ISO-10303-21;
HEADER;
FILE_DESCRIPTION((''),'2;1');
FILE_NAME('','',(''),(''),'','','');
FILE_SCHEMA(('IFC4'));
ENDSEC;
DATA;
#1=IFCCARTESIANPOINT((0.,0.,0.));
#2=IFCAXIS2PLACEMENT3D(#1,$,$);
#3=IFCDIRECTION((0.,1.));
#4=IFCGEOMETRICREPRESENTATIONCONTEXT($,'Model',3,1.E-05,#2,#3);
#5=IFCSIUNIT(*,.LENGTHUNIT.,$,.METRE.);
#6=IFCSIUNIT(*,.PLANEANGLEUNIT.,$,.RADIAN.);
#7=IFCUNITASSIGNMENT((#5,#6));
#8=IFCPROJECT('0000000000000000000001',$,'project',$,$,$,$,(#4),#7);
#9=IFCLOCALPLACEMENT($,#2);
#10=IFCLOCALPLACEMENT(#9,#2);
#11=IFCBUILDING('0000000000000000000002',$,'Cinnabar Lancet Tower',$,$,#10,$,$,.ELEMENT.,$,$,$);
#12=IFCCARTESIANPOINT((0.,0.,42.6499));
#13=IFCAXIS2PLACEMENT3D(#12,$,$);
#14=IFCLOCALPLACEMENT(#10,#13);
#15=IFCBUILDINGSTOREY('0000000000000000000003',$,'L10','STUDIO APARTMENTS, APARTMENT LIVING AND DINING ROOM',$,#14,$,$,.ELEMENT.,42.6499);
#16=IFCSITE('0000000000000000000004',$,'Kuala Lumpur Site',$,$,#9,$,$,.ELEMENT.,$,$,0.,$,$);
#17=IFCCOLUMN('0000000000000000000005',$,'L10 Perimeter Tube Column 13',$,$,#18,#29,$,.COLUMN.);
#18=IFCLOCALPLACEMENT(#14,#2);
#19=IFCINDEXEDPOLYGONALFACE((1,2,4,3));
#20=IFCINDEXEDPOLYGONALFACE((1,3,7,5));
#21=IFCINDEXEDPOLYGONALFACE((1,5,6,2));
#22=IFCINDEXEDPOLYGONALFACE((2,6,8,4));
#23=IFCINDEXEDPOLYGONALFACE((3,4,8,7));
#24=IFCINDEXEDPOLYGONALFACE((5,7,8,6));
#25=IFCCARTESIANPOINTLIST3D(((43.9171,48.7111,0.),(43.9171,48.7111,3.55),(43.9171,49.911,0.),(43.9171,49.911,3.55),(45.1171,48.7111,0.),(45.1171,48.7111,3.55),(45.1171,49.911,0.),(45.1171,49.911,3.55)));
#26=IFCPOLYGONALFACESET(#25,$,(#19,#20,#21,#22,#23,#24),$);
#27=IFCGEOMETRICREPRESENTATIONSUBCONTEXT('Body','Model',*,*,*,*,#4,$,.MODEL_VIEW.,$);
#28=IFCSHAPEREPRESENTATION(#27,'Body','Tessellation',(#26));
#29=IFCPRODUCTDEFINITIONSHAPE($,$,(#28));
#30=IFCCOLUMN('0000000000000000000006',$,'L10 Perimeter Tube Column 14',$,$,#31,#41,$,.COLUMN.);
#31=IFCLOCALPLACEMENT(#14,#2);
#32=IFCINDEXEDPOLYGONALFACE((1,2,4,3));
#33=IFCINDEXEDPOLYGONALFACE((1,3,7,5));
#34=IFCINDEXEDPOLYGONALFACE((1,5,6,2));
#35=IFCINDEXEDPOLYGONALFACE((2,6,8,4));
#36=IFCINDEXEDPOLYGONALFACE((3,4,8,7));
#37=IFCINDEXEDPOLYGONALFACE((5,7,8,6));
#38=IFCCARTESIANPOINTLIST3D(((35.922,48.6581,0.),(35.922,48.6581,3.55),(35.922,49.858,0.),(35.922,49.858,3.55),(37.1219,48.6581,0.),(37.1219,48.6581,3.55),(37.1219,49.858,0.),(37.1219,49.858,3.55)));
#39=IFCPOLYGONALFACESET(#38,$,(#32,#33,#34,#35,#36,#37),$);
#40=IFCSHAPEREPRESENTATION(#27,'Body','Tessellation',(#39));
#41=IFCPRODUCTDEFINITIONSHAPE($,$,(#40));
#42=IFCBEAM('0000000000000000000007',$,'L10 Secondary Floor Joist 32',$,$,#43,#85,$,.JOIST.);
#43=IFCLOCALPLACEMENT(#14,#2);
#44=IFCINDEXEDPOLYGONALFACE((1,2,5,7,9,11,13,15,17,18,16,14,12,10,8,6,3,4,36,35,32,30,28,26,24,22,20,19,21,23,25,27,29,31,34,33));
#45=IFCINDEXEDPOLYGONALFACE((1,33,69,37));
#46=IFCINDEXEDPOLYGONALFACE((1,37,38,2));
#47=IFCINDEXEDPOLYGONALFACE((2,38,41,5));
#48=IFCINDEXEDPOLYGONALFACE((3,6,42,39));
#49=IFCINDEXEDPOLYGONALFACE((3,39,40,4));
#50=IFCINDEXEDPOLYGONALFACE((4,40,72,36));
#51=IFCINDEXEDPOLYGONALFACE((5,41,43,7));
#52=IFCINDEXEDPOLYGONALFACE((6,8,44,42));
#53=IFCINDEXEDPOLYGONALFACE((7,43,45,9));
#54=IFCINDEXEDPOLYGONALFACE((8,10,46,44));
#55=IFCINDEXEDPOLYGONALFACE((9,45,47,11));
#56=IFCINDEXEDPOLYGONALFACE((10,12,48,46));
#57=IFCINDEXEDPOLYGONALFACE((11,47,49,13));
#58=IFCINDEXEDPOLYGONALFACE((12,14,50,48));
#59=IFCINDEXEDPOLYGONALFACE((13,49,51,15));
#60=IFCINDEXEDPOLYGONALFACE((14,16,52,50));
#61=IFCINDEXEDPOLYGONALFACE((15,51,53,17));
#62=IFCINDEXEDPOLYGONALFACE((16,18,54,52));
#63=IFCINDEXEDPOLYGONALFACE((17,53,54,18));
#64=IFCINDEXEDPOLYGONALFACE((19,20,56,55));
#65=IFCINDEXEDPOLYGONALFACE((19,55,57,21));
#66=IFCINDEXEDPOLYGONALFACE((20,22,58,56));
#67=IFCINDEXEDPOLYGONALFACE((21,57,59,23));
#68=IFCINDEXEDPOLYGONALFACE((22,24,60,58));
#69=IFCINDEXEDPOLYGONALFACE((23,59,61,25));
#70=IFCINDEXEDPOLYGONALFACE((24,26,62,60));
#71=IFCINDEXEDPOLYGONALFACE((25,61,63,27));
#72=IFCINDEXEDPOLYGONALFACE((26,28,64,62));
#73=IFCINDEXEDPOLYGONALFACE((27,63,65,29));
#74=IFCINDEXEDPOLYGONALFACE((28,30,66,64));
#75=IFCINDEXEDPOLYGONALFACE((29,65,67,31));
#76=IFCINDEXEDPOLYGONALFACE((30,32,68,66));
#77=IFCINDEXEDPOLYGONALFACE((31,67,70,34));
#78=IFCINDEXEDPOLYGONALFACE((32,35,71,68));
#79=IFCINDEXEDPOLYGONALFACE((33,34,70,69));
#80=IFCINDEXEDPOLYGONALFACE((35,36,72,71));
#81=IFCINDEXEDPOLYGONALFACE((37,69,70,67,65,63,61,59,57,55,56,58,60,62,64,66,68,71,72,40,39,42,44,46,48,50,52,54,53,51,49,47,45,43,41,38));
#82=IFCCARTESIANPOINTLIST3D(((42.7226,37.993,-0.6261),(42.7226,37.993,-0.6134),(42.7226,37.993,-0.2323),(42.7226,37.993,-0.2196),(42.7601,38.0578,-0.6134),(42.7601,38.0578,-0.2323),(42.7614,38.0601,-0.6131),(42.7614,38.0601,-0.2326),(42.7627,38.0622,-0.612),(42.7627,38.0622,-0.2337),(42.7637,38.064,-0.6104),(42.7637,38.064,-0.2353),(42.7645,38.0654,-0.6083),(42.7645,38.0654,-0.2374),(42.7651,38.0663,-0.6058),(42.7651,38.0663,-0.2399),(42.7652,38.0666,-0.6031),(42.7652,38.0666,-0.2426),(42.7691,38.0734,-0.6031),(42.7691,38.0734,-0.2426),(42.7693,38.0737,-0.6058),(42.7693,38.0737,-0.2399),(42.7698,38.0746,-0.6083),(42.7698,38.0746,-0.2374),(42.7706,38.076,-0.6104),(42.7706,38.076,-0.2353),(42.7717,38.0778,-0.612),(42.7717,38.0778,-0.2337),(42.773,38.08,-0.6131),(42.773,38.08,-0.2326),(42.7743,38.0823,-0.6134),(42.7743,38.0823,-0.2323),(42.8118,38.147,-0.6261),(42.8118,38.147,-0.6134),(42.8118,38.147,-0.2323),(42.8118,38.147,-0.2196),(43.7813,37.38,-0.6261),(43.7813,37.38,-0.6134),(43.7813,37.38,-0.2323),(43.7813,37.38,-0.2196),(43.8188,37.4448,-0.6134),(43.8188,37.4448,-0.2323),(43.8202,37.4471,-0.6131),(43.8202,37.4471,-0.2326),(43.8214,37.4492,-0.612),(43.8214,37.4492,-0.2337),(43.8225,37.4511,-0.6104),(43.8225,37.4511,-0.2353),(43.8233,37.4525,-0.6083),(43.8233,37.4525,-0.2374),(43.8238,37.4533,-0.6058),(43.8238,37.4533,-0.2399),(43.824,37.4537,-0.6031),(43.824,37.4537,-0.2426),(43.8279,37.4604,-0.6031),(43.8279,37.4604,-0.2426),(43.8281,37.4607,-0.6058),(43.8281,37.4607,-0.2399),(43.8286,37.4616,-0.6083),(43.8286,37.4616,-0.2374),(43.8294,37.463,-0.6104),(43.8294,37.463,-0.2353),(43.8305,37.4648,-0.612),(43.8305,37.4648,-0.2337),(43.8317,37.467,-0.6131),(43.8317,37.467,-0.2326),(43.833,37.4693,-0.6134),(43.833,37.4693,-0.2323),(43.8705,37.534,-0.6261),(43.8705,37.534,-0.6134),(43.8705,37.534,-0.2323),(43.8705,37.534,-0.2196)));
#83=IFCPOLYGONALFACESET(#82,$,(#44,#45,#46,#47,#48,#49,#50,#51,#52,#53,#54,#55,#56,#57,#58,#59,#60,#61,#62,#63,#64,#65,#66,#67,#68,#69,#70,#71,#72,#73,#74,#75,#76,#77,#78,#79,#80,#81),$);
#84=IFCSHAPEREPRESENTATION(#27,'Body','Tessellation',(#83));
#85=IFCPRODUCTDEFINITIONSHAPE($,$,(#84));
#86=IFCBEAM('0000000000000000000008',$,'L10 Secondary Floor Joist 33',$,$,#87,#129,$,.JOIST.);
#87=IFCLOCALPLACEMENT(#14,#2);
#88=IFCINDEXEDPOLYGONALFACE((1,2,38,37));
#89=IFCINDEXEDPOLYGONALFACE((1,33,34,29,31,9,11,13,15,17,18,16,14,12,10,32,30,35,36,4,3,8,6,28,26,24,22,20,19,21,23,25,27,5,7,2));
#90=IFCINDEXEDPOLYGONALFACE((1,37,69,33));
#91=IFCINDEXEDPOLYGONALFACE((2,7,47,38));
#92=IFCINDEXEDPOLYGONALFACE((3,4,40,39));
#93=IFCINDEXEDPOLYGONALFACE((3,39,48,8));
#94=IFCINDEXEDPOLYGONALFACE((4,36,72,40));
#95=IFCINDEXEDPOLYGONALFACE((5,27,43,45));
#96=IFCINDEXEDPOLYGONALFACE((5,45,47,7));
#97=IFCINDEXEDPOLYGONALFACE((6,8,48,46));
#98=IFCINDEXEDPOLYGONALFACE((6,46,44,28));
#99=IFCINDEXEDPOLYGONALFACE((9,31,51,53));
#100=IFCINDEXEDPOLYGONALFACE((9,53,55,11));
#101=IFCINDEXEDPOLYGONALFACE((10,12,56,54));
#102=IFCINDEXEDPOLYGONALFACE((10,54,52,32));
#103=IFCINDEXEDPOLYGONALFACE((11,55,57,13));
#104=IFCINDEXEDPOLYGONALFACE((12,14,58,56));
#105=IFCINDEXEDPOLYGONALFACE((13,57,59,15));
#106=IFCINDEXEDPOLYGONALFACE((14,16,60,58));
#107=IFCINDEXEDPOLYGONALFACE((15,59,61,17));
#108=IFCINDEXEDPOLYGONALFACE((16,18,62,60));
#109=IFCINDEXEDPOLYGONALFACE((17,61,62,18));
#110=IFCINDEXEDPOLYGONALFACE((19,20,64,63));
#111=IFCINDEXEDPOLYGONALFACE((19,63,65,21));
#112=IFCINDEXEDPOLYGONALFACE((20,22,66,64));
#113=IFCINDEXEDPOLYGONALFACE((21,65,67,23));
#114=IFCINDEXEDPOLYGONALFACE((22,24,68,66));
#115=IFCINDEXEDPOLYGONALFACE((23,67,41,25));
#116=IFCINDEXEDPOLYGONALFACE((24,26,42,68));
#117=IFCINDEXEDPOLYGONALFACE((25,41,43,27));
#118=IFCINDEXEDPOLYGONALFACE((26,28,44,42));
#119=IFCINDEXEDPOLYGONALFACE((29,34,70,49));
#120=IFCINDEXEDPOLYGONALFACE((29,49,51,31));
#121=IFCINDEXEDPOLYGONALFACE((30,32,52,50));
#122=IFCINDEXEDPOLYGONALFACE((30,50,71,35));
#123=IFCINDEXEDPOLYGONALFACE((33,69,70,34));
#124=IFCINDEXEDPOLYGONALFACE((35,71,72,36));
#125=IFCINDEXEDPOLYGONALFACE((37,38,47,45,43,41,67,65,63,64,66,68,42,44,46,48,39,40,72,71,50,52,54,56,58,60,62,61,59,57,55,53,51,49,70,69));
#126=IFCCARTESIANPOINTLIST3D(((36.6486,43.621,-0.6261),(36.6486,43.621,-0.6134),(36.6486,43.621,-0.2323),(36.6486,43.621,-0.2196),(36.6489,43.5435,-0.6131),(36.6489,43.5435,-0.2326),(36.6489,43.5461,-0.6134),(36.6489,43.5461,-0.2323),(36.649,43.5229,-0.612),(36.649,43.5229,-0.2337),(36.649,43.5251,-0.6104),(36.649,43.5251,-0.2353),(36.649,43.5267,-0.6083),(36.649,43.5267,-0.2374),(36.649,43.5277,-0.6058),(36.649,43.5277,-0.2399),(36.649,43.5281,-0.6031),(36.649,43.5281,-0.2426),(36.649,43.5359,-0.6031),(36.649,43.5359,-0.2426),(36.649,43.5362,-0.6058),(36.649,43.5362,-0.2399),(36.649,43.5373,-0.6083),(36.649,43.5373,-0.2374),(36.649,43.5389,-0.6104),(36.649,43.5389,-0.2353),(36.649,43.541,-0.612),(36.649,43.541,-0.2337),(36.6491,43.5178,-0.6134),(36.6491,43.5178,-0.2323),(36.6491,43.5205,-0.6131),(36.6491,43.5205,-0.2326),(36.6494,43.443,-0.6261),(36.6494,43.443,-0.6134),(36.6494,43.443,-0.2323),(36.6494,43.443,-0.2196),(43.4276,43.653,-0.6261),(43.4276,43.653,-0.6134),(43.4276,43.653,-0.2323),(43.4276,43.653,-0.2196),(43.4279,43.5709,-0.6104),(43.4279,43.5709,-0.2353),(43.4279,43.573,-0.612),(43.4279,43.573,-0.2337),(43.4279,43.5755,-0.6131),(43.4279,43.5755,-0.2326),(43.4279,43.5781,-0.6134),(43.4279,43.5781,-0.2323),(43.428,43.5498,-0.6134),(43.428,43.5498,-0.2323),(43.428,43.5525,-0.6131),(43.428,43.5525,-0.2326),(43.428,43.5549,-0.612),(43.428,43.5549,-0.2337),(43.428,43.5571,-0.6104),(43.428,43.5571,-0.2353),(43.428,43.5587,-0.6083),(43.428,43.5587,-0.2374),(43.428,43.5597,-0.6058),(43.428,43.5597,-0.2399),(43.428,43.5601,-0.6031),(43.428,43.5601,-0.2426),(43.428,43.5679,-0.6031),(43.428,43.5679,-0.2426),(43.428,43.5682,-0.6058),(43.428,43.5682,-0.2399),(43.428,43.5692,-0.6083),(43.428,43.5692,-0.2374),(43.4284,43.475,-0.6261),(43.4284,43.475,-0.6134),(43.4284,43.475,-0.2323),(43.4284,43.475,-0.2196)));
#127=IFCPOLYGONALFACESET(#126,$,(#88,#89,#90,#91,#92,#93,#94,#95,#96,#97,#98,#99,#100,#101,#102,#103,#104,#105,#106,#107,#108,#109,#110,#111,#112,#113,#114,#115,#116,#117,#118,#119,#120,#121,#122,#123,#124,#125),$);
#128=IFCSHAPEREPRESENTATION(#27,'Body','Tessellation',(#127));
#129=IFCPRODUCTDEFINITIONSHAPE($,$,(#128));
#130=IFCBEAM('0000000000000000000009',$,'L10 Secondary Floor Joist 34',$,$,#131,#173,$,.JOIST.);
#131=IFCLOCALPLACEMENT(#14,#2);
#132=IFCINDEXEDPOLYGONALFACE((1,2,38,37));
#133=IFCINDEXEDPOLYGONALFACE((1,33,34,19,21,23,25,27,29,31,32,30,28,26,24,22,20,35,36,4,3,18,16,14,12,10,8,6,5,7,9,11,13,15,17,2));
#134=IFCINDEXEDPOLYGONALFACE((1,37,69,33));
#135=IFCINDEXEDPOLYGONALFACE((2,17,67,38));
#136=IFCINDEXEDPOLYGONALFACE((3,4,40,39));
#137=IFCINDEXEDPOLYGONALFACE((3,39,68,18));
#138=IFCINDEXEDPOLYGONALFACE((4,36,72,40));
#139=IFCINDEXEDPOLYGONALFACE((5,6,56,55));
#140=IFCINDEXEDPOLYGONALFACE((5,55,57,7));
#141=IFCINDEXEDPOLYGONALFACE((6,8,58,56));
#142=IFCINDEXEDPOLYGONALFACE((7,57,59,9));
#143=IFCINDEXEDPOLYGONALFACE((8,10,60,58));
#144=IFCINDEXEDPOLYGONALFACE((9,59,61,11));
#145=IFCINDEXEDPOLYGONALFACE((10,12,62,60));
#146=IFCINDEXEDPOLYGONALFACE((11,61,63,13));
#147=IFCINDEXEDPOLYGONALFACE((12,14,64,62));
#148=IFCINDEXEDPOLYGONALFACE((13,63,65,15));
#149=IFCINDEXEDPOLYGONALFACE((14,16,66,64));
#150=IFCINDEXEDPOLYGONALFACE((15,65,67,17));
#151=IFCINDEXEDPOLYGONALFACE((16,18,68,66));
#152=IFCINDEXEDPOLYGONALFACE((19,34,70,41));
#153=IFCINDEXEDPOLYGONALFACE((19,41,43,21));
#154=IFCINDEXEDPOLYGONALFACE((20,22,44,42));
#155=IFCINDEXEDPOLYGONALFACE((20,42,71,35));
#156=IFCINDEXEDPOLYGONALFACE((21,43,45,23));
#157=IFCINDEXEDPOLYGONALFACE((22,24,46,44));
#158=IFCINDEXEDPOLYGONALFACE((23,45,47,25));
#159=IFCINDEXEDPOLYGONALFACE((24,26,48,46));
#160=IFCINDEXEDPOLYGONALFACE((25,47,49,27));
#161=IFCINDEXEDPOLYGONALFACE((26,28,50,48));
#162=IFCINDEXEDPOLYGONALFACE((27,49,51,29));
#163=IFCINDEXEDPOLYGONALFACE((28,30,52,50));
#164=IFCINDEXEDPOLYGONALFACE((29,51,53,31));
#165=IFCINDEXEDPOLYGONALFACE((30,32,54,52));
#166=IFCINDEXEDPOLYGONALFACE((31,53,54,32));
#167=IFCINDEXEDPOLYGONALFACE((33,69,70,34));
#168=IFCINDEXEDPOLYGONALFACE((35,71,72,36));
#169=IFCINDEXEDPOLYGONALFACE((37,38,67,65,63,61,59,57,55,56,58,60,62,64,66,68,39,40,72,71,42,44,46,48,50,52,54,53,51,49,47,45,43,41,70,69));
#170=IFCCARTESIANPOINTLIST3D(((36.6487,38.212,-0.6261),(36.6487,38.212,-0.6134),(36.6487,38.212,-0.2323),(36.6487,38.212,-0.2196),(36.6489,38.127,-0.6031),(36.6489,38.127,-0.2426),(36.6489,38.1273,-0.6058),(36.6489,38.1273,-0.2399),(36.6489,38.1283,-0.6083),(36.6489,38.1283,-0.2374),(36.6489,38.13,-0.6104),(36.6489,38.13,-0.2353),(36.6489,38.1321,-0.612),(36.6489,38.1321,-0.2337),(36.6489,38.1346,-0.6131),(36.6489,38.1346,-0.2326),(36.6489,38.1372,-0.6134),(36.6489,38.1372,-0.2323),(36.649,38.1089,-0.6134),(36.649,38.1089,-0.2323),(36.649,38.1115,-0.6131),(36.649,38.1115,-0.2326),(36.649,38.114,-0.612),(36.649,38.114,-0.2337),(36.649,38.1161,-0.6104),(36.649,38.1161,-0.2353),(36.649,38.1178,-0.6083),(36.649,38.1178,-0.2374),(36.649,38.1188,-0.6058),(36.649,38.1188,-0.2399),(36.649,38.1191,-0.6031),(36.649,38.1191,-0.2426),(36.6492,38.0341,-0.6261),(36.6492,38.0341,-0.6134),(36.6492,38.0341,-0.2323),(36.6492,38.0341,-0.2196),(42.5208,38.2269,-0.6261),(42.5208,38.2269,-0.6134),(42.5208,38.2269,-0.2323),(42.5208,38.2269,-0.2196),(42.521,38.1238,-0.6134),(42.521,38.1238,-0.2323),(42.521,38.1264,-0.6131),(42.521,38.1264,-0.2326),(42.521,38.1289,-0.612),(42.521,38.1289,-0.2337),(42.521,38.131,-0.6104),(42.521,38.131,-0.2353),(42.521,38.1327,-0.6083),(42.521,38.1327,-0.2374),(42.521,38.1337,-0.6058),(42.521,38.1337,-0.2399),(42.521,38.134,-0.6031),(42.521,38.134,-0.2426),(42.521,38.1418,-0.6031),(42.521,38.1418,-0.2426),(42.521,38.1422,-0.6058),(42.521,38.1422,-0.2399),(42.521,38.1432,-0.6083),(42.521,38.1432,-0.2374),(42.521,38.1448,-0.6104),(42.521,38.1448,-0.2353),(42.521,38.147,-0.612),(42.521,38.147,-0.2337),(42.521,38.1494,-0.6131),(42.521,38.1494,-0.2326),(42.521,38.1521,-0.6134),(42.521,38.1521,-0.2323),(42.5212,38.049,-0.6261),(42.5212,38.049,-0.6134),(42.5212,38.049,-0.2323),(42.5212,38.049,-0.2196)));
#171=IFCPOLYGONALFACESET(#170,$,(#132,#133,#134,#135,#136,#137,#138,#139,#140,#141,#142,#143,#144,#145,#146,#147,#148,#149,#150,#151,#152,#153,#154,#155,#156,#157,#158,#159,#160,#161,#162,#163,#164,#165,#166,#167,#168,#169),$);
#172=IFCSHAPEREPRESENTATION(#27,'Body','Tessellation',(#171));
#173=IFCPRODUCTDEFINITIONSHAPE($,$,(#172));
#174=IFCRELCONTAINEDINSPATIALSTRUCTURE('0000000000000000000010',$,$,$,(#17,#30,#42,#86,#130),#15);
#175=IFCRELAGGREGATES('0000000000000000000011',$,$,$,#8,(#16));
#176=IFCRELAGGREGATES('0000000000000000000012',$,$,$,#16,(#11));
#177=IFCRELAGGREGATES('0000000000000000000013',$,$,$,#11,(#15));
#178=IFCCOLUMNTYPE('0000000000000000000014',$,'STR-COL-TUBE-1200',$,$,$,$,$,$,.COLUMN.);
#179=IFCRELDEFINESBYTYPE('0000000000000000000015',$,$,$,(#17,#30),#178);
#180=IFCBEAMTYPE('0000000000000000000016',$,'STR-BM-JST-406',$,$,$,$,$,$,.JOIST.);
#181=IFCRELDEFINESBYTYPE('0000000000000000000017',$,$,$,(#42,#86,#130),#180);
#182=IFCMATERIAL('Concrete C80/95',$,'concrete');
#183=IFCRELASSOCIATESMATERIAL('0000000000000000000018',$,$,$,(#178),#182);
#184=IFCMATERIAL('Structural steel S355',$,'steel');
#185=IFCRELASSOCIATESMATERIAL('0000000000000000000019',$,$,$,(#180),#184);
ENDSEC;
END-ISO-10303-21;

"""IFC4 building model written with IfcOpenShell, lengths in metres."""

from ifc_helpers import new_model, si_unit, direction, frame, origin, origin_2d, place, context, subcontext, project, spatial, rectangle, i_section, extrude, material, material_profile, profile_set, type_object, element, save


model = new_model("IFC4")

# Units and contexts
model_context = context("Model", 3, precision=1e-05, world=origin(), true_north=direction((0.0, 1.0)))
body_context = subcontext(model_context, "Body", "Model", "MODEL_VIEW")
ifc_project = project(units=[si_unit("LENGTHUNIT", "METRE"), si_unit("PLANEANGLEUNIT", "RADIAN")], contexts=[model_context])

# Site, building, storey
site_placement = place(None, origin())
site = spatial("IfcSite", under=ifc_project, at=site_placement, Name="Kuala Lumpur Site", CompositionType="ELEMENT", RefElevation=0.0)
building_placement = place(site_placement, origin())
building = spatial("IfcBuilding", under=site, at=building_placement, Name="Cinnabar Lancet Tower", CompositionType="ELEMENT")
storey_placement = place(building_placement, frame((0.0, 0.0, 42.6499)))
storey = spatial("IfcBuildingStorey", under=building, at=storey_placement, Name="L10", Description="STUDIO APARTMENTS, APARTMENT LIVING AND DINING ROOM", CompositionType="ELEMENT", Elevation=42.6499)

# Columns
ifc_material_1 = material(Name="Concrete C80/95", Category="concrete")
ifc_material_profile_1 = material_profile(ifc_material_1, rectangle(XDim=1.2, YDim=1.2, at=origin_2d()), Name="RC-COL 1200x1200")
ifc_profile_set_1 = profile_set([ifc_material_profile_1], Name="Concrete C80/95")
column_type = type_object("IfcColumnType", Name="STR-COL-TUBE-1200", PredefinedType="COLUMN", material=ifc_profile_set_1)
for number, where, z_axis, x_axis, name in (
    (1, (44.5171, 49.311, 0.0), (0.0, 0.0, 1.0), (1.0, 0.0, 0.0), "L10 Perimeter Tube Column 13"),
    (2, (36.522, 49.2581, 0.0), (0.0, 0.0, 1.0), (1.0, 0.0, 0.0), "L10 Perimeter Tube Column 14"),
):
    element("IfcColumn", number, at=place(storey_placement, frame(where, z_axis=z_axis, x_axis=x_axis)), inside=storey, type_object=column_type, Name=name, PredefinedType="COLUMN", context=body_context, shape_type="SweptSolid", body=[
        extrude(rectangle(XDim=1.2, YDim=1.2, at=origin_2d()), origin(), (0.0, 0.0, 1.0), 3.55),
    ])

# Beams
ifc_material_2 = material(Name="Structural steel S355", Category="steel")
ifc_material_profile_2 = material_profile(ifc_material_2, i_section(OverallWidth=0.178, OverallDepth=0.4065, WebThickness=0.0078, FlangeThickness=0.0127, FilletRadius=0.0103, at=origin_2d()), Name="UKB 406x178x60")
ifc_profile_set_2 = profile_set([ifc_material_profile_2], Name="Structural steel S355")
beam_type_1 = type_object("IfcBeamType", Name="STR-BM-JST-406", PredefinedType="JOIST", material=ifc_profile_set_2)
beam_1_placement = place(storey_placement, frame((43.8259, 37.457, -0.4229), z_axis=(-0.865417, 0.501052, 0.0), x_axis=(-0.501052, -0.865417, 0.0)))
element("IfcBeam", 3, at=beam_1_placement, inside=storey, type_object=beam_type_1, Name="L10 Secondary Floor Joist 32", PredefinedType="JOIST", context=body_context, shape_type="SweptSolid", body=[
    extrude(i_section(OverallWidth=0.178, OverallDepth=0.4065, WebThickness=0.0078, FlangeThickness=0.0127, FilletRadius=0.0103, at=origin_2d()), origin(), (0.0, 0.0, 1.0), 1.2234),
])
beam_2_placement = place(storey_placement, frame((43.428, 43.564, -0.4229), z_axis=(-0.999989, -0.004718, 0.0), x_axis=(0.004718, -0.999989, 0.0)))
element("IfcBeam", 4, at=beam_2_placement, inside=storey, type_object=beam_type_1, Name="L10 Secondary Floor Joist 33", PredefinedType="JOIST", context=body_context, shape_type="SweptSolid", body=[
    extrude(i_section(OverallWidth=0.178, OverallDepth=0.4065, WebThickness=0.0078, FlangeThickness=0.0127, FilletRadius=0.0103, at=origin_2d()), origin(), (0.0, 0.0, 1.0), 6.7791),
])
beam_3_placement = place(storey_placement, frame((42.521, 38.1379, -0.4229), z_axis=(-0.999997, -0.002536, 0.0), x_axis=(0.002536, -0.999997, 0.0)))
element("IfcBeam", 5, at=beam_3_placement, inside=storey, type_object=beam_type_1, Name="L10 Secondary Floor Joist 34", PredefinedType="JOIST", context=body_context, shape_type="SweptSolid", body=[
    extrude(i_section(OverallWidth=0.178, OverallDepth=0.4065, WebThickness=0.0078, FlangeThickness=0.0127, FilletRadius=0.0103, at=origin_2d()), origin(), (0.0, 0.0, 1.0), 5.8721),
])

save(model, "model.ifc")
